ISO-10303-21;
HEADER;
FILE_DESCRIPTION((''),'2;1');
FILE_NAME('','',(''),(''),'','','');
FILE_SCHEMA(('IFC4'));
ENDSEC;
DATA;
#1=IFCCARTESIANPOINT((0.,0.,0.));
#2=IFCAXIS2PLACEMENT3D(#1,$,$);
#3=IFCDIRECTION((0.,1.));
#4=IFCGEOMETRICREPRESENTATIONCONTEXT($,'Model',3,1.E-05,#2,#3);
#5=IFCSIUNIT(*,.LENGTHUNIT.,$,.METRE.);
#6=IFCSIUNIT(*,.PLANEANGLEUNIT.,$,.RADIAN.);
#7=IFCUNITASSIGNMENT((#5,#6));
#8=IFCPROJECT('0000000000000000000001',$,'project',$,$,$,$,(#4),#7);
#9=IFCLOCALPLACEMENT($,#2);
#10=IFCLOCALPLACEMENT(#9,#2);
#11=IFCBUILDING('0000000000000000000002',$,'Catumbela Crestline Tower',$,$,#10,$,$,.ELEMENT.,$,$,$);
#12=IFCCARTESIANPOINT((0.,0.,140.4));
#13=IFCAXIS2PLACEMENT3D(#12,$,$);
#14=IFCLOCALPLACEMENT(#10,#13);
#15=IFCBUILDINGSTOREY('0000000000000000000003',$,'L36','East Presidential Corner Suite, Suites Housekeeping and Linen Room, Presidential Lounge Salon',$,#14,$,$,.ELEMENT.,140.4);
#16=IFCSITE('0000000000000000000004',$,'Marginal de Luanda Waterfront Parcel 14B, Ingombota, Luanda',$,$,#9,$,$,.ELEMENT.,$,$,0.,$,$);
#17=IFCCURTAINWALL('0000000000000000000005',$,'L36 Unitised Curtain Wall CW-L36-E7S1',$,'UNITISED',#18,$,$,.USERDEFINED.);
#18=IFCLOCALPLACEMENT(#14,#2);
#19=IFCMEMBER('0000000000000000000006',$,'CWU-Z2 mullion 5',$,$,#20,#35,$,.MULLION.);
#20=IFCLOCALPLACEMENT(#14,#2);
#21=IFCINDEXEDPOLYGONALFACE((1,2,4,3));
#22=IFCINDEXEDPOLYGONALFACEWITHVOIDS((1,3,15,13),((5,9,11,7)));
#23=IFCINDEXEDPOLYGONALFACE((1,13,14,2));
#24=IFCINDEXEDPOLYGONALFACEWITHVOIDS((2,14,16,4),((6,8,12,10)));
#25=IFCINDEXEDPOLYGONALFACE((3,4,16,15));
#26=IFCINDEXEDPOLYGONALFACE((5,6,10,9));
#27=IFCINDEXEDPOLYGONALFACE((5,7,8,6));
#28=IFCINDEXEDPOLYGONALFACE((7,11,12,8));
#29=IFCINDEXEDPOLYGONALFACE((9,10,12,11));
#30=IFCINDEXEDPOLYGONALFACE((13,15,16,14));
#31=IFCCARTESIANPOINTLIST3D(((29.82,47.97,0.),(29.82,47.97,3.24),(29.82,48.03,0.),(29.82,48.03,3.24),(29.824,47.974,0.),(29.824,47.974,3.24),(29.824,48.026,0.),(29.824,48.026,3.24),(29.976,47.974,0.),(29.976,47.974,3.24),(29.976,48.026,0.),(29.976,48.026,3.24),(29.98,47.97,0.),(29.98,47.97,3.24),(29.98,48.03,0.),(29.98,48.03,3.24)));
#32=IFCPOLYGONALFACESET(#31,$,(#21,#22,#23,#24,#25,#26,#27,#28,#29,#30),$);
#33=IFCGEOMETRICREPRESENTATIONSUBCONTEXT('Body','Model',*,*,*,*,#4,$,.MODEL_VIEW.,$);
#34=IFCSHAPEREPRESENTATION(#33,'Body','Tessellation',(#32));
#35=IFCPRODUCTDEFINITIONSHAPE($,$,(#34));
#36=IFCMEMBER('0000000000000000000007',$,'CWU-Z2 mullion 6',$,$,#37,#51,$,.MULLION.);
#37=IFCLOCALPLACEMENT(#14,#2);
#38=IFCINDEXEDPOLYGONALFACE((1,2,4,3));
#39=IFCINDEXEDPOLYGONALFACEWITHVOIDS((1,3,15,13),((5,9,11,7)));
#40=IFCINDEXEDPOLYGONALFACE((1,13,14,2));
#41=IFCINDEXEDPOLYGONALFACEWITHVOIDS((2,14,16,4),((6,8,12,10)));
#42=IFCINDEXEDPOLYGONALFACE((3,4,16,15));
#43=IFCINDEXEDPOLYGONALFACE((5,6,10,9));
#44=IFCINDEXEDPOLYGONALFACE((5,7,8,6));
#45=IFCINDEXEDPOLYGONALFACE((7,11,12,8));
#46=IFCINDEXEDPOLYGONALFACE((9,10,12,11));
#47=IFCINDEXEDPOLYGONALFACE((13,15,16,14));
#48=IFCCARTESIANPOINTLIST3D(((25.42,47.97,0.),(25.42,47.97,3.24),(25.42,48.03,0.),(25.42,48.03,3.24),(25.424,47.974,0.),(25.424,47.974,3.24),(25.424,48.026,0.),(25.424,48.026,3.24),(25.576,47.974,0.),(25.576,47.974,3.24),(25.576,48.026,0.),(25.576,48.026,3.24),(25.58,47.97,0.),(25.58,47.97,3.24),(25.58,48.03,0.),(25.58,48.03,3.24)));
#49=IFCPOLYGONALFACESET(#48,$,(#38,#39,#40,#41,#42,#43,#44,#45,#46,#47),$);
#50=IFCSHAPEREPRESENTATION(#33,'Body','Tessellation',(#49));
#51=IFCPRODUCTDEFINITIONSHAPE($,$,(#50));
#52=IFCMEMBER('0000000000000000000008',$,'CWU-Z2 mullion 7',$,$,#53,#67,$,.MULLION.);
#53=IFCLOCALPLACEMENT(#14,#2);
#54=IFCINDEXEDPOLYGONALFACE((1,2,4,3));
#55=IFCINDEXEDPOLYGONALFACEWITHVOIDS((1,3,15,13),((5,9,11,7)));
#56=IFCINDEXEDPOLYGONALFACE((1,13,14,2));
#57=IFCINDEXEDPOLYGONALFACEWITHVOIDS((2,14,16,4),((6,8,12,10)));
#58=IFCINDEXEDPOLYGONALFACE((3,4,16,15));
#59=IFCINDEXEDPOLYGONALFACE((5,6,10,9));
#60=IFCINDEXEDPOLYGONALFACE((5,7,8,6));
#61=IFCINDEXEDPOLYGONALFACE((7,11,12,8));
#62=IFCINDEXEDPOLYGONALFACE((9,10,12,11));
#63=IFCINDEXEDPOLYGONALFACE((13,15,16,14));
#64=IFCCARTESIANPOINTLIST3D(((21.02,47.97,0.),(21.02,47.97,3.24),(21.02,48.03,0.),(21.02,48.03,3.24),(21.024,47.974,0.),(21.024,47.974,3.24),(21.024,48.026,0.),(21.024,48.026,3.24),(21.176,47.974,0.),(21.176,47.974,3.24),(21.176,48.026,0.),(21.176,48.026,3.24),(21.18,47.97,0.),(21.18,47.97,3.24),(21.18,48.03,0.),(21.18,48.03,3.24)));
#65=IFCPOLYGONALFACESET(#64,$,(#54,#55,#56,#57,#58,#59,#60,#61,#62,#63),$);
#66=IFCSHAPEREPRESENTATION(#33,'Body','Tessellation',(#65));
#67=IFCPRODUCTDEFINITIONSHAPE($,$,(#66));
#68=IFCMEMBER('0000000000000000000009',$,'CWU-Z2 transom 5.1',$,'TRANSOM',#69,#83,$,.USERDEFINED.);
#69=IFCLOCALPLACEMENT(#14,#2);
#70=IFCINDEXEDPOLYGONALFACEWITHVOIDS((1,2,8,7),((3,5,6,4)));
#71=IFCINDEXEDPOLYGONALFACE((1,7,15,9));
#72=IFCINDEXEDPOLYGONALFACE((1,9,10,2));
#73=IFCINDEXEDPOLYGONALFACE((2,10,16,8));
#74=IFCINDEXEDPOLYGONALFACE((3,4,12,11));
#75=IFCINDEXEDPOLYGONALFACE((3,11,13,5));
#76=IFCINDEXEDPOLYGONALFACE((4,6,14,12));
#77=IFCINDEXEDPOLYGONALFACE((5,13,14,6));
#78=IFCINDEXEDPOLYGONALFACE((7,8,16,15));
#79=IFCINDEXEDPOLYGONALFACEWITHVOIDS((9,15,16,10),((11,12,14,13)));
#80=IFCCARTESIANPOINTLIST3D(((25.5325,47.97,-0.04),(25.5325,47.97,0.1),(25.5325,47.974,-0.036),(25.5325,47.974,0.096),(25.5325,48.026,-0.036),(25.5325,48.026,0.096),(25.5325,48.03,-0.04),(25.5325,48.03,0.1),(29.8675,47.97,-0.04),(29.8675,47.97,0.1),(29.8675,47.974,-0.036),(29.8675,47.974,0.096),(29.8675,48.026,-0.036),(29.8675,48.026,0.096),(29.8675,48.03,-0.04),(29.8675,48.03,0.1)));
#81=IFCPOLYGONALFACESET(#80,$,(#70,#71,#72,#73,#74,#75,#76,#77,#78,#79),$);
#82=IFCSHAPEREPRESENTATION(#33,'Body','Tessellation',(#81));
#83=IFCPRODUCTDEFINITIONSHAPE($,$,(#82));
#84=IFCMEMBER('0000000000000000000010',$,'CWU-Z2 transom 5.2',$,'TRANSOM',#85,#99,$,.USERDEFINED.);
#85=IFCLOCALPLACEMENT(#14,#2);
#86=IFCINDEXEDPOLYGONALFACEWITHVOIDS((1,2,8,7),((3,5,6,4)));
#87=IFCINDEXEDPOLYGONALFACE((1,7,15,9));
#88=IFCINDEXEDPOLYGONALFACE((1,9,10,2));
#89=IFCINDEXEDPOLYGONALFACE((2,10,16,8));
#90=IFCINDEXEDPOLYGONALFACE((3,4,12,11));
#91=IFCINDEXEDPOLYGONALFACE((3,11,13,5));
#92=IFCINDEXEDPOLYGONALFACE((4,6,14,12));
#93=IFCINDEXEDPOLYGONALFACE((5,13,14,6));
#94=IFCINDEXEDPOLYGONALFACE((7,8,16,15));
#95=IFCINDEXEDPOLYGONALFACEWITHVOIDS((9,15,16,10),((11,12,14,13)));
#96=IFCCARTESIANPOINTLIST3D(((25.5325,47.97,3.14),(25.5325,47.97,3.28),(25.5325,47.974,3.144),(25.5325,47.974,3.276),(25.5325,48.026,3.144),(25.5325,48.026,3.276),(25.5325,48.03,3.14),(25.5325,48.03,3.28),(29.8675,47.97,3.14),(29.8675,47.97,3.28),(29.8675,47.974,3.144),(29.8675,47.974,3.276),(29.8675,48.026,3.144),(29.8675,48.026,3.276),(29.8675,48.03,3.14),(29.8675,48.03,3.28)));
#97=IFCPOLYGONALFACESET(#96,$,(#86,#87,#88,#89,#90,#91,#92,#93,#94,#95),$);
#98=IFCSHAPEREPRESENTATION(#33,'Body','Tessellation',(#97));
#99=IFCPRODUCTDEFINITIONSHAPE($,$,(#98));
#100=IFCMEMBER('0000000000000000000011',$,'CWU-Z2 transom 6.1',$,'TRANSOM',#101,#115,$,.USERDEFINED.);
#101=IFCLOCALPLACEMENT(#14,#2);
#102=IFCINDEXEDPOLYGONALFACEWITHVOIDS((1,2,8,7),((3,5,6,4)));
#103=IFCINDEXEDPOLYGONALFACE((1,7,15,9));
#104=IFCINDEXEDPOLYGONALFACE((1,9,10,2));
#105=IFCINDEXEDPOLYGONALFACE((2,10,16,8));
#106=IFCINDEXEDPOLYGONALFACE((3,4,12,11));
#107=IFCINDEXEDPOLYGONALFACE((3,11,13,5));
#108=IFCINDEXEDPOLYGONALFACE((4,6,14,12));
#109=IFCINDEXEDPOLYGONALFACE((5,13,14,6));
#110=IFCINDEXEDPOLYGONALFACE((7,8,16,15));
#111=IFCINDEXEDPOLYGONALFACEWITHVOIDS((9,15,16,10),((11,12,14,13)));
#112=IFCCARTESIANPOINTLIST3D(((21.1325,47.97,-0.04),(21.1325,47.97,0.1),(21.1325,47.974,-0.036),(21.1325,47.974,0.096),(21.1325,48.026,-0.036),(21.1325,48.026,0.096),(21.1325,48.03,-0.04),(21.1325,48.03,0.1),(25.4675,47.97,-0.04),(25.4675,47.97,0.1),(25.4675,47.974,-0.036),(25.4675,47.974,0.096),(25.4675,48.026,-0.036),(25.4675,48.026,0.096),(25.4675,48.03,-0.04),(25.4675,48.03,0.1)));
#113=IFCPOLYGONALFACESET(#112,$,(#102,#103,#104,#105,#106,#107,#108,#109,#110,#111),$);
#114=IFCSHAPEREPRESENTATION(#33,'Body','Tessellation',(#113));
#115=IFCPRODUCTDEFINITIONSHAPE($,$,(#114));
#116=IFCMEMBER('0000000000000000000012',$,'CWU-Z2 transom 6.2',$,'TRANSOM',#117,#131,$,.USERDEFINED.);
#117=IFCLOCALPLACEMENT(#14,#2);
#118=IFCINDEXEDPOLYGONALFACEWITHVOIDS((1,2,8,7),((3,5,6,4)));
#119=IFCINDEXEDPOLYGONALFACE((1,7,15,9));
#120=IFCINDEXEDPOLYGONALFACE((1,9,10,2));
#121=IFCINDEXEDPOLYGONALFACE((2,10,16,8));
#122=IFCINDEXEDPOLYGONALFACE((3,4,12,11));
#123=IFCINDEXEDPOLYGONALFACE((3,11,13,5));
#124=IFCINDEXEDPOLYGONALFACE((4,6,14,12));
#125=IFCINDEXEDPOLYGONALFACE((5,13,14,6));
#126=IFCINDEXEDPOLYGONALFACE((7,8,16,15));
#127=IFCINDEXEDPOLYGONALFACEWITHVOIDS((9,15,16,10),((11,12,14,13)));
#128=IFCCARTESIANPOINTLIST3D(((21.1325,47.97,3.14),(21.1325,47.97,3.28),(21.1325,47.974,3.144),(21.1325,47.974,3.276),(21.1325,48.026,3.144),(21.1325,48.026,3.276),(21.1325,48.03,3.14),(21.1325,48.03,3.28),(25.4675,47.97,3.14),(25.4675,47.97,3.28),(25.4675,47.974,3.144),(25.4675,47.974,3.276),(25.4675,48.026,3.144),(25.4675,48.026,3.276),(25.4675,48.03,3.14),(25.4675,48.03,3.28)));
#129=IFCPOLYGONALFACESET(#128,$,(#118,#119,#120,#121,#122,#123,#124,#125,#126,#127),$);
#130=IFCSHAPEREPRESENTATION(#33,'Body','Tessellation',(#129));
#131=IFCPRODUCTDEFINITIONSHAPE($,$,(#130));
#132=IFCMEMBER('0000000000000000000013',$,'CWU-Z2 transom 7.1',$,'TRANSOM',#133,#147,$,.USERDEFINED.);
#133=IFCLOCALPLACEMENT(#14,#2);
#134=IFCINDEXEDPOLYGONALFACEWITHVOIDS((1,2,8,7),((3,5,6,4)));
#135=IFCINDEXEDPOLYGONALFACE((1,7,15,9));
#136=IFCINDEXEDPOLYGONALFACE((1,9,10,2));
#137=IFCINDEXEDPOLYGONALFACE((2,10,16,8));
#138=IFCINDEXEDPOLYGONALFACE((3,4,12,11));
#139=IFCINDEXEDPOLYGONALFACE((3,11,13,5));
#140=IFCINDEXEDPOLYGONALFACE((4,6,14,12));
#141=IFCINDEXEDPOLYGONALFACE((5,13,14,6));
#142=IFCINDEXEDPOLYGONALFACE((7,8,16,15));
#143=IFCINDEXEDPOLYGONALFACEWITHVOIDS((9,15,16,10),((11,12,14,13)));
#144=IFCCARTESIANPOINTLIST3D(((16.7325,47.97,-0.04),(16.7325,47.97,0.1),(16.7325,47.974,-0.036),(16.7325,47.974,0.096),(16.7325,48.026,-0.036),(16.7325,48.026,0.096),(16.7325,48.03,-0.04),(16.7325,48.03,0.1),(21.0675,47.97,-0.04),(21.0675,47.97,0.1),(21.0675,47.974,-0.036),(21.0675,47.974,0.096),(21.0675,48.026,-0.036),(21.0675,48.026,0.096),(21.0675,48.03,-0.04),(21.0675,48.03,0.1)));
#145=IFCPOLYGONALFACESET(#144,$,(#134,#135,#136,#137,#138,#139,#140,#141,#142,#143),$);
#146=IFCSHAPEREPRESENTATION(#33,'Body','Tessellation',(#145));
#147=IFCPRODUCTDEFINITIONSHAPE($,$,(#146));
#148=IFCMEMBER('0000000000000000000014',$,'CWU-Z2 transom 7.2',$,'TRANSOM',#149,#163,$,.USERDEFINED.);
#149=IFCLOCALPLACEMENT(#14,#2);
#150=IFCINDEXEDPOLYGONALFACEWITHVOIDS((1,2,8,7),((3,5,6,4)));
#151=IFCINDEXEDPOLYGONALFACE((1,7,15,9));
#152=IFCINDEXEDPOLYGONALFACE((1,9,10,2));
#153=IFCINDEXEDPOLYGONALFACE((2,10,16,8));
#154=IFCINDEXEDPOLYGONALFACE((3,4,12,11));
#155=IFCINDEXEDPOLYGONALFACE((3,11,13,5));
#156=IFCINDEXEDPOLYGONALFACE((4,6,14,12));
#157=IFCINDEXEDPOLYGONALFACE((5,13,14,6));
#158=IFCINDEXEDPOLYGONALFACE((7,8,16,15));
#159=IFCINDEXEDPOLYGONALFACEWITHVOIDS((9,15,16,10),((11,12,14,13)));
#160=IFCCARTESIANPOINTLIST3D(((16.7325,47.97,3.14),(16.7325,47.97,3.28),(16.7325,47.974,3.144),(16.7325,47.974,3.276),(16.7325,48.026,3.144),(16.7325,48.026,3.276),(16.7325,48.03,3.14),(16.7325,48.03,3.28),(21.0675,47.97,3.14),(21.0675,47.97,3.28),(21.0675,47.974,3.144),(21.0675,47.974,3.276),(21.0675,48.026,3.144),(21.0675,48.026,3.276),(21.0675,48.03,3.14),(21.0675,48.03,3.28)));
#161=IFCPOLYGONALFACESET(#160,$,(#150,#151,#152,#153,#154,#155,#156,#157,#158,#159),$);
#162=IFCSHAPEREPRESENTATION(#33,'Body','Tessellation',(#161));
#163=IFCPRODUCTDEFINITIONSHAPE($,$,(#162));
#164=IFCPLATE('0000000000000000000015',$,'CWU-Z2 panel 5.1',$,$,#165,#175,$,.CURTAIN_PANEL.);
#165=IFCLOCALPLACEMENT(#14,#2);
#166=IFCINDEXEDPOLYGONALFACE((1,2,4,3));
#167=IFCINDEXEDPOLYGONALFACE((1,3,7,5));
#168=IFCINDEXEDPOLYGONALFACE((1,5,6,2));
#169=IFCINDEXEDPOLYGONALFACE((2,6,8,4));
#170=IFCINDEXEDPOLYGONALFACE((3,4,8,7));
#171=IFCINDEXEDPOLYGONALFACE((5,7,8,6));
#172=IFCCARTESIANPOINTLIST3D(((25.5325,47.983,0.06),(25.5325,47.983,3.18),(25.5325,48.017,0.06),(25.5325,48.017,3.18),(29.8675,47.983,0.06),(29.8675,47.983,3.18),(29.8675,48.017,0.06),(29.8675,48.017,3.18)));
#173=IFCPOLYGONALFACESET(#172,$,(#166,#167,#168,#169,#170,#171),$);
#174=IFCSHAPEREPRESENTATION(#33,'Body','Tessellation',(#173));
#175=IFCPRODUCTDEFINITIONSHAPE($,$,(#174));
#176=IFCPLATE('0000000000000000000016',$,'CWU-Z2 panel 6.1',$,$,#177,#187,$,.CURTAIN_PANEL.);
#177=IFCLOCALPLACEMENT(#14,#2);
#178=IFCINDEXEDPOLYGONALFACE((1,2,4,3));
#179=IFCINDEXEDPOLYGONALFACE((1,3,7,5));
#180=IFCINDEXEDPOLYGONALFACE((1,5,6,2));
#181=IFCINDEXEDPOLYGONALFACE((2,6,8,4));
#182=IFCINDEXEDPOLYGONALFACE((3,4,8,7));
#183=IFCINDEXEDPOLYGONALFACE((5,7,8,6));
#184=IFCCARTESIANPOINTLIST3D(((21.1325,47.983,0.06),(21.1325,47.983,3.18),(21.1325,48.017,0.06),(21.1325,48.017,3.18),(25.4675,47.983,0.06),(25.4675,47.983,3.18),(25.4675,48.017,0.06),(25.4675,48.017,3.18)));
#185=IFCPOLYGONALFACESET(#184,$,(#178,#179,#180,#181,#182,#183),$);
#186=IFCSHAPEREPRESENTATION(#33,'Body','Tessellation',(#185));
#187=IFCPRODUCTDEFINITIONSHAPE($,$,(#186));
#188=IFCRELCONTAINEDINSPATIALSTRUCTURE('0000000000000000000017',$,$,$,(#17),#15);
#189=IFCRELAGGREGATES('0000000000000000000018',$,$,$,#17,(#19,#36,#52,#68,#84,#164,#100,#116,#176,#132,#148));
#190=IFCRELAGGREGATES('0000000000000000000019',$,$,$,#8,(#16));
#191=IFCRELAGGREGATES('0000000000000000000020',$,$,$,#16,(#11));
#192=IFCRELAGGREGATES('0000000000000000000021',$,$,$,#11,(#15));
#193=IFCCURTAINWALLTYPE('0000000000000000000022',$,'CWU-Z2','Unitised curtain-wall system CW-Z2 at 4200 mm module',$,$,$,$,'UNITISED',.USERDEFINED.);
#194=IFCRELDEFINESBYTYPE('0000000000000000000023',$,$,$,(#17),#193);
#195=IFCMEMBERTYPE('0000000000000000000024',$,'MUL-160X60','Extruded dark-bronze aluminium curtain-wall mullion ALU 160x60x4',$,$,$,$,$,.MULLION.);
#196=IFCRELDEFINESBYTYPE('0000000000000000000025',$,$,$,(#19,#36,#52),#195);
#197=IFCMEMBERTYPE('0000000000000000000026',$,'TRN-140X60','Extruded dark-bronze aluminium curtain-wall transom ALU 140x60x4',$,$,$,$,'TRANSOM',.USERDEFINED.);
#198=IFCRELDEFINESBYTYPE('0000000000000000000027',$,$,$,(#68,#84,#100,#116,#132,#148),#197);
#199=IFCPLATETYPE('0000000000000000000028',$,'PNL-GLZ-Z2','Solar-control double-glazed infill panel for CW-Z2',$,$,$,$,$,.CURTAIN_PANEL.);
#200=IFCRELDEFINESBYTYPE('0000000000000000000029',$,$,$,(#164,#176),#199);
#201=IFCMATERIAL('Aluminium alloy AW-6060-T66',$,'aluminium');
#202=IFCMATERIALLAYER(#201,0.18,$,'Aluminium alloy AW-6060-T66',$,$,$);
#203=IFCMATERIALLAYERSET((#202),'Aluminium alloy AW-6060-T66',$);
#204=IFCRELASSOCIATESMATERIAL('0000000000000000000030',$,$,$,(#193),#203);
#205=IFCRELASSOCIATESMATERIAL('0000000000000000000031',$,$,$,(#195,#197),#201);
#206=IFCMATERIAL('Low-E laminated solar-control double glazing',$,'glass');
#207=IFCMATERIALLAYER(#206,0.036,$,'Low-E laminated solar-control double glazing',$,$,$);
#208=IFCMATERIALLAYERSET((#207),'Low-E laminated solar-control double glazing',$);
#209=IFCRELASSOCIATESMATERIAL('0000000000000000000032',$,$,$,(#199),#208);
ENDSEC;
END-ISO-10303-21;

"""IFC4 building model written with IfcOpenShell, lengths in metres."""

from ifc_helpers import new_model, si_unit, direction, frame, origin, origin_2d, place, context, subcontext, project, spatial, rectangle, hollow_rectangle, extrude, material, layer, layer_set, material_profile, profile_set, type_object, element, aggregate, save


model = new_model("IFC4")

# Units and contexts
model_context = context("Model", 3, precision=1e-05, world=origin(), true_north=direction((0.0, 1.0)))
body_context = subcontext(model_context, "Body", "Model", "MODEL_VIEW")
ifc_project = project(units=[si_unit("LENGTHUNIT", "METRE"), si_unit("PLANEANGLEUNIT", "RADIAN")], contexts=[model_context])

# Site, building, storey
site_placement = place(None, origin())
site = spatial("IfcSite", under=ifc_project, at=site_placement, Name="Marginal de Luanda Waterfront Parcel 14B, Ingombota, Luanda", CompositionType="ELEMENT", RefElevation=0.0)
building_placement = place(site_placement, origin())
building = spatial("IfcBuilding", under=site, at=building_placement, Name="Catumbela Crestline Tower", CompositionType="ELEMENT")
storey_placement = place(building_placement, frame((0.0, 0.0, 140.4)))
storey = spatial("IfcBuildingStorey", under=building, at=storey_placement, Name="L36", Description="East Presidential Corner Suite, Suites Housekeeping and Linen Room, Presidential Lounge Salon", CompositionType="ELEMENT", Elevation=140.4)

# Curtain wall, members, plates
ifc_material_1 = material(Name="Aluminium alloy AW-6060-T66", Category="aluminium")
ifc_layer_1 = layer(ifc_material_1, 0.18, Name="Aluminium alloy AW-6060-T66")
ifc_layer_set_1 = layer_set([ifc_layer_1], Name="Aluminium alloy AW-6060-T66")
curtain_wall_type = type_object("IfcCurtainWallType", Name="CWU-Z2", Description="Unitised curtain-wall system CW-Z2 at 4200 mm module", ElementType="UNITISED", PredefinedType="USERDEFINED", material=ifc_layer_set_1)
curtain_wall_placement = place(storey_placement, origin())
curtain_wall = element("IfcCurtainWall", 1, at=curtain_wall_placement, inside=storey, type_object=curtain_wall_type, Name="L36 Unitised Curtain Wall CW-L36-E7S1", ObjectType="UNITISED", PredefinedType="USERDEFINED")
ifc_material_profile_1 = material_profile(ifc_material_1, hollow_rectangle(XDim=0.06, YDim=0.16, WallThickness=0.004, at=origin_2d()), Name="ALU 160x60x4")
ifc_profile_set_1 = profile_set([ifc_material_profile_1], Name="Aluminium alloy AW-6060-T66")
member_type_1 = type_object("IfcMemberType", Name="MUL-160X60", Description="Extruded dark-bronze aluminium curtain-wall mullion ALU 160x60x4", PredefinedType="MULLION", material=ifc_profile_set_1)
member_1_placement = place(storey_placement, frame((29.9, 48.0, 0.0), z_axis=(0.0, 0.0, 1.0), x_axis=(0.0, -1.0, 0.0)))
member_1 = element("IfcMember", 2, at=member_1_placement, type_object=member_type_1, Name="CWU-Z2 mullion 5", PredefinedType="MULLION", context=body_context, shape_type="SweptSolid", body=[
    extrude(hollow_rectangle(XDim=0.06, YDim=0.16, WallThickness=0.004, at=origin_2d()), origin(), (0.0, 0.0, 1.0), 3.24),
])
member_2_placement = place(storey_placement, frame((25.5, 48.0, 0.0), z_axis=(0.0, 0.0, 1.0), x_axis=(0.0, -1.0, 0.0)))
member_2 = element("IfcMember", 3, at=member_2_placement, type_object=member_type_1, Name="CWU-Z2 mullion 6", PredefinedType="MULLION", context=body_context, shape_type="SweptSolid", body=[
    extrude(hollow_rectangle(XDim=0.06, YDim=0.16, WallThickness=0.004, at=origin_2d()), origin(), (0.0, 0.0, 1.0), 3.24),
])
member_3_placement = place(storey_placement, frame((21.1, 48.0, 0.0), z_axis=(0.0, 0.0, 1.0), x_axis=(0.0, -1.0, 0.0)))
member_3 = element("IfcMember", 4, at=member_3_placement, type_object=member_type_1, Name="CWU-Z2 mullion 7", PredefinedType="MULLION", context=body_context, shape_type="SweptSolid", body=[
    extrude(hollow_rectangle(XDim=0.06, YDim=0.16, WallThickness=0.004, at=origin_2d()), origin(), (0.0, 0.0, 1.0), 3.24),
])
ifc_material_profile_2 = material_profile(ifc_material_1, hollow_rectangle(XDim=0.06, YDim=0.14, WallThickness=0.004, at=origin_2d()), Name="ALU 140x60x4")
ifc_profile_set_2 = profile_set([ifc_material_profile_2], Name="Aluminium alloy AW-6060-T66")
member_type_2 = type_object("IfcMemberType", Name="TRN-140X60", Description="Extruded dark-bronze aluminium curtain-wall transom ALU 140x60x4", ElementType="TRANSOM", PredefinedType="USERDEFINED", material=ifc_profile_set_2)
member_4_placement = place(storey_placement, frame((29.8675, 48.0, 0.03), z_axis=(-1.0, 0.0, 0.0), x_axis=(0.0, -1.0, 0.0)))
member_4 = element("IfcMember", 5, at=member_4_placement, type_object=member_type_2, Name="CWU-Z2 transom 5.1", ObjectType="TRANSOM", PredefinedType="USERDEFINED", context=body_context, shape_type="SweptSolid", body=[
    extrude(hollow_rectangle(XDim=0.06, YDim=0.14, WallThickness=0.004, at=origin_2d()), origin(), (0.0, 0.0, 1.0), 4.335),
])
member_5_placement = place(storey_placement, frame((29.8675, 48.0, 3.21), z_axis=(-1.0, 0.0, 0.0), x_axis=(0.0, -1.0, 0.0)))
member_5 = element("IfcMember", 6, at=member_5_placement, type_object=member_type_2, Name="CWU-Z2 transom 5.2", ObjectType="TRANSOM", PredefinedType="USERDEFINED", context=body_context, shape_type="SweptSolid", body=[
    extrude(hollow_rectangle(XDim=0.06, YDim=0.14, WallThickness=0.004, at=origin_2d()), origin(), (0.0, 0.0, 1.0), 4.335),
])
member_6_placement = place(storey_placement, frame((25.4675, 48.0, 0.03), z_axis=(-1.0, 0.0, 0.0), x_axis=(0.0, -1.0, 0.0)))
member_6 = element("IfcMember", 7, at=member_6_placement, type_object=member_type_2, Name="CWU-Z2 transom 6.1", ObjectType="TRANSOM", PredefinedType="USERDEFINED", context=body_context, shape_type="SweptSolid", body=[
    extrude(hollow_rectangle(XDim=0.06, YDim=0.14, WallThickness=0.004, at=origin_2d()), origin(), (0.0, 0.0, 1.0), 4.335),
])
member_7_placement = place(storey_placement, frame((25.4675, 48.0, 3.21), z_axis=(-1.0, 0.0, 0.0), x_axis=(0.0, -1.0, 0.0)))
member_7 = element("IfcMember", 8, at=member_7_placement, type_object=member_type_2, Name="CWU-Z2 transom 6.2", ObjectType="TRANSOM", PredefinedType="USERDEFINED", context=body_context, shape_type="SweptSolid", body=[
    extrude(hollow_rectangle(XDim=0.06, YDim=0.14, WallThickness=0.004, at=origin_2d()), origin(), (0.0, 0.0, 1.0), 4.335),
])
member_8_placement = place(storey_placement, frame((21.0675, 48.0, 0.03), z_axis=(-1.0, 0.0, 0.0), x_axis=(0.0, -1.0, 0.0)))
member_8 = element("IfcMember", 9, at=member_8_placement, type_object=member_type_2, Name="CWU-Z2 transom 7.1", ObjectType="TRANSOM", PredefinedType="USERDEFINED", context=body_context, shape_type="SweptSolid", body=[
    extrude(hollow_rectangle(XDim=0.06, YDim=0.14, WallThickness=0.004, at=origin_2d()), origin(), (0.0, 0.0, 1.0), 4.335),
])
member_9_placement = place(storey_placement, frame((21.0675, 48.0, 3.21), z_axis=(-1.0, 0.0, 0.0), x_axis=(0.0, -1.0, 0.0)))
member_9 = element("IfcMember", 10, at=member_9_placement, type_object=member_type_2, Name="CWU-Z2 transom 7.2", ObjectType="TRANSOM", PredefinedType="USERDEFINED", context=body_context, shape_type="SweptSolid", body=[
    extrude(hollow_rectangle(XDim=0.06, YDim=0.14, WallThickness=0.004, at=origin_2d()), origin(), (0.0, 0.0, 1.0), 4.335),
])
ifc_material_2 = material(Name="Low-E laminated solar-control double glazing", Category="glass")
ifc_layer_2 = layer(ifc_material_2, 0.036, Name="Low-E laminated solar-control double glazing")
ifc_layer_set_2 = layer_set([ifc_layer_2], Name="Low-E laminated solar-control double glazing")
plate_type = type_object("IfcPlateType", Name="PNL-GLZ-Z2", Description="Solar-control double-glazed infill panel for CW-Z2", PredefinedType="CURTAIN_PANEL", material=ifc_layer_set_2)
plate_1_placement = place(storey_placement, frame((27.7, 48.0, 0.06), z_axis=(0.0, 0.0, 1.0), x_axis=(-1.0, 0.0, 0.0)))
plate_1 = element("IfcPlate", 11, at=plate_1_placement, type_object=plate_type, Name="CWU-Z2 panel 5.1", PredefinedType="CURTAIN_PANEL", context=body_context, shape_type="SweptSolid", body=[
    extrude(rectangle(XDim=4.335, YDim=0.034, at=origin_2d()), origin(), (0.0, 0.0, 1.0), 3.12),
])
plate_2_placement = place(storey_placement, frame((23.3, 48.0, 0.06), z_axis=(0.0, 0.0, 1.0), x_axis=(-1.0, 0.0, 0.0)))
plate_2 = element("IfcPlate", 12, at=plate_2_placement, type_object=plate_type, Name="CWU-Z2 panel 6.1", PredefinedType="CURTAIN_PANEL", context=body_context, shape_type="SweptSolid", body=[
    extrude(rectangle(XDim=4.335, YDim=0.034, at=origin_2d()), origin(), (0.0, 0.0, 1.0), 3.12),
])
aggregate(curtain_wall, [member_1, member_2, member_3, member_4, member_5, plate_1, member_6, member_7, plate_2, member_8, member_9])

save(model, "model.ifc")
